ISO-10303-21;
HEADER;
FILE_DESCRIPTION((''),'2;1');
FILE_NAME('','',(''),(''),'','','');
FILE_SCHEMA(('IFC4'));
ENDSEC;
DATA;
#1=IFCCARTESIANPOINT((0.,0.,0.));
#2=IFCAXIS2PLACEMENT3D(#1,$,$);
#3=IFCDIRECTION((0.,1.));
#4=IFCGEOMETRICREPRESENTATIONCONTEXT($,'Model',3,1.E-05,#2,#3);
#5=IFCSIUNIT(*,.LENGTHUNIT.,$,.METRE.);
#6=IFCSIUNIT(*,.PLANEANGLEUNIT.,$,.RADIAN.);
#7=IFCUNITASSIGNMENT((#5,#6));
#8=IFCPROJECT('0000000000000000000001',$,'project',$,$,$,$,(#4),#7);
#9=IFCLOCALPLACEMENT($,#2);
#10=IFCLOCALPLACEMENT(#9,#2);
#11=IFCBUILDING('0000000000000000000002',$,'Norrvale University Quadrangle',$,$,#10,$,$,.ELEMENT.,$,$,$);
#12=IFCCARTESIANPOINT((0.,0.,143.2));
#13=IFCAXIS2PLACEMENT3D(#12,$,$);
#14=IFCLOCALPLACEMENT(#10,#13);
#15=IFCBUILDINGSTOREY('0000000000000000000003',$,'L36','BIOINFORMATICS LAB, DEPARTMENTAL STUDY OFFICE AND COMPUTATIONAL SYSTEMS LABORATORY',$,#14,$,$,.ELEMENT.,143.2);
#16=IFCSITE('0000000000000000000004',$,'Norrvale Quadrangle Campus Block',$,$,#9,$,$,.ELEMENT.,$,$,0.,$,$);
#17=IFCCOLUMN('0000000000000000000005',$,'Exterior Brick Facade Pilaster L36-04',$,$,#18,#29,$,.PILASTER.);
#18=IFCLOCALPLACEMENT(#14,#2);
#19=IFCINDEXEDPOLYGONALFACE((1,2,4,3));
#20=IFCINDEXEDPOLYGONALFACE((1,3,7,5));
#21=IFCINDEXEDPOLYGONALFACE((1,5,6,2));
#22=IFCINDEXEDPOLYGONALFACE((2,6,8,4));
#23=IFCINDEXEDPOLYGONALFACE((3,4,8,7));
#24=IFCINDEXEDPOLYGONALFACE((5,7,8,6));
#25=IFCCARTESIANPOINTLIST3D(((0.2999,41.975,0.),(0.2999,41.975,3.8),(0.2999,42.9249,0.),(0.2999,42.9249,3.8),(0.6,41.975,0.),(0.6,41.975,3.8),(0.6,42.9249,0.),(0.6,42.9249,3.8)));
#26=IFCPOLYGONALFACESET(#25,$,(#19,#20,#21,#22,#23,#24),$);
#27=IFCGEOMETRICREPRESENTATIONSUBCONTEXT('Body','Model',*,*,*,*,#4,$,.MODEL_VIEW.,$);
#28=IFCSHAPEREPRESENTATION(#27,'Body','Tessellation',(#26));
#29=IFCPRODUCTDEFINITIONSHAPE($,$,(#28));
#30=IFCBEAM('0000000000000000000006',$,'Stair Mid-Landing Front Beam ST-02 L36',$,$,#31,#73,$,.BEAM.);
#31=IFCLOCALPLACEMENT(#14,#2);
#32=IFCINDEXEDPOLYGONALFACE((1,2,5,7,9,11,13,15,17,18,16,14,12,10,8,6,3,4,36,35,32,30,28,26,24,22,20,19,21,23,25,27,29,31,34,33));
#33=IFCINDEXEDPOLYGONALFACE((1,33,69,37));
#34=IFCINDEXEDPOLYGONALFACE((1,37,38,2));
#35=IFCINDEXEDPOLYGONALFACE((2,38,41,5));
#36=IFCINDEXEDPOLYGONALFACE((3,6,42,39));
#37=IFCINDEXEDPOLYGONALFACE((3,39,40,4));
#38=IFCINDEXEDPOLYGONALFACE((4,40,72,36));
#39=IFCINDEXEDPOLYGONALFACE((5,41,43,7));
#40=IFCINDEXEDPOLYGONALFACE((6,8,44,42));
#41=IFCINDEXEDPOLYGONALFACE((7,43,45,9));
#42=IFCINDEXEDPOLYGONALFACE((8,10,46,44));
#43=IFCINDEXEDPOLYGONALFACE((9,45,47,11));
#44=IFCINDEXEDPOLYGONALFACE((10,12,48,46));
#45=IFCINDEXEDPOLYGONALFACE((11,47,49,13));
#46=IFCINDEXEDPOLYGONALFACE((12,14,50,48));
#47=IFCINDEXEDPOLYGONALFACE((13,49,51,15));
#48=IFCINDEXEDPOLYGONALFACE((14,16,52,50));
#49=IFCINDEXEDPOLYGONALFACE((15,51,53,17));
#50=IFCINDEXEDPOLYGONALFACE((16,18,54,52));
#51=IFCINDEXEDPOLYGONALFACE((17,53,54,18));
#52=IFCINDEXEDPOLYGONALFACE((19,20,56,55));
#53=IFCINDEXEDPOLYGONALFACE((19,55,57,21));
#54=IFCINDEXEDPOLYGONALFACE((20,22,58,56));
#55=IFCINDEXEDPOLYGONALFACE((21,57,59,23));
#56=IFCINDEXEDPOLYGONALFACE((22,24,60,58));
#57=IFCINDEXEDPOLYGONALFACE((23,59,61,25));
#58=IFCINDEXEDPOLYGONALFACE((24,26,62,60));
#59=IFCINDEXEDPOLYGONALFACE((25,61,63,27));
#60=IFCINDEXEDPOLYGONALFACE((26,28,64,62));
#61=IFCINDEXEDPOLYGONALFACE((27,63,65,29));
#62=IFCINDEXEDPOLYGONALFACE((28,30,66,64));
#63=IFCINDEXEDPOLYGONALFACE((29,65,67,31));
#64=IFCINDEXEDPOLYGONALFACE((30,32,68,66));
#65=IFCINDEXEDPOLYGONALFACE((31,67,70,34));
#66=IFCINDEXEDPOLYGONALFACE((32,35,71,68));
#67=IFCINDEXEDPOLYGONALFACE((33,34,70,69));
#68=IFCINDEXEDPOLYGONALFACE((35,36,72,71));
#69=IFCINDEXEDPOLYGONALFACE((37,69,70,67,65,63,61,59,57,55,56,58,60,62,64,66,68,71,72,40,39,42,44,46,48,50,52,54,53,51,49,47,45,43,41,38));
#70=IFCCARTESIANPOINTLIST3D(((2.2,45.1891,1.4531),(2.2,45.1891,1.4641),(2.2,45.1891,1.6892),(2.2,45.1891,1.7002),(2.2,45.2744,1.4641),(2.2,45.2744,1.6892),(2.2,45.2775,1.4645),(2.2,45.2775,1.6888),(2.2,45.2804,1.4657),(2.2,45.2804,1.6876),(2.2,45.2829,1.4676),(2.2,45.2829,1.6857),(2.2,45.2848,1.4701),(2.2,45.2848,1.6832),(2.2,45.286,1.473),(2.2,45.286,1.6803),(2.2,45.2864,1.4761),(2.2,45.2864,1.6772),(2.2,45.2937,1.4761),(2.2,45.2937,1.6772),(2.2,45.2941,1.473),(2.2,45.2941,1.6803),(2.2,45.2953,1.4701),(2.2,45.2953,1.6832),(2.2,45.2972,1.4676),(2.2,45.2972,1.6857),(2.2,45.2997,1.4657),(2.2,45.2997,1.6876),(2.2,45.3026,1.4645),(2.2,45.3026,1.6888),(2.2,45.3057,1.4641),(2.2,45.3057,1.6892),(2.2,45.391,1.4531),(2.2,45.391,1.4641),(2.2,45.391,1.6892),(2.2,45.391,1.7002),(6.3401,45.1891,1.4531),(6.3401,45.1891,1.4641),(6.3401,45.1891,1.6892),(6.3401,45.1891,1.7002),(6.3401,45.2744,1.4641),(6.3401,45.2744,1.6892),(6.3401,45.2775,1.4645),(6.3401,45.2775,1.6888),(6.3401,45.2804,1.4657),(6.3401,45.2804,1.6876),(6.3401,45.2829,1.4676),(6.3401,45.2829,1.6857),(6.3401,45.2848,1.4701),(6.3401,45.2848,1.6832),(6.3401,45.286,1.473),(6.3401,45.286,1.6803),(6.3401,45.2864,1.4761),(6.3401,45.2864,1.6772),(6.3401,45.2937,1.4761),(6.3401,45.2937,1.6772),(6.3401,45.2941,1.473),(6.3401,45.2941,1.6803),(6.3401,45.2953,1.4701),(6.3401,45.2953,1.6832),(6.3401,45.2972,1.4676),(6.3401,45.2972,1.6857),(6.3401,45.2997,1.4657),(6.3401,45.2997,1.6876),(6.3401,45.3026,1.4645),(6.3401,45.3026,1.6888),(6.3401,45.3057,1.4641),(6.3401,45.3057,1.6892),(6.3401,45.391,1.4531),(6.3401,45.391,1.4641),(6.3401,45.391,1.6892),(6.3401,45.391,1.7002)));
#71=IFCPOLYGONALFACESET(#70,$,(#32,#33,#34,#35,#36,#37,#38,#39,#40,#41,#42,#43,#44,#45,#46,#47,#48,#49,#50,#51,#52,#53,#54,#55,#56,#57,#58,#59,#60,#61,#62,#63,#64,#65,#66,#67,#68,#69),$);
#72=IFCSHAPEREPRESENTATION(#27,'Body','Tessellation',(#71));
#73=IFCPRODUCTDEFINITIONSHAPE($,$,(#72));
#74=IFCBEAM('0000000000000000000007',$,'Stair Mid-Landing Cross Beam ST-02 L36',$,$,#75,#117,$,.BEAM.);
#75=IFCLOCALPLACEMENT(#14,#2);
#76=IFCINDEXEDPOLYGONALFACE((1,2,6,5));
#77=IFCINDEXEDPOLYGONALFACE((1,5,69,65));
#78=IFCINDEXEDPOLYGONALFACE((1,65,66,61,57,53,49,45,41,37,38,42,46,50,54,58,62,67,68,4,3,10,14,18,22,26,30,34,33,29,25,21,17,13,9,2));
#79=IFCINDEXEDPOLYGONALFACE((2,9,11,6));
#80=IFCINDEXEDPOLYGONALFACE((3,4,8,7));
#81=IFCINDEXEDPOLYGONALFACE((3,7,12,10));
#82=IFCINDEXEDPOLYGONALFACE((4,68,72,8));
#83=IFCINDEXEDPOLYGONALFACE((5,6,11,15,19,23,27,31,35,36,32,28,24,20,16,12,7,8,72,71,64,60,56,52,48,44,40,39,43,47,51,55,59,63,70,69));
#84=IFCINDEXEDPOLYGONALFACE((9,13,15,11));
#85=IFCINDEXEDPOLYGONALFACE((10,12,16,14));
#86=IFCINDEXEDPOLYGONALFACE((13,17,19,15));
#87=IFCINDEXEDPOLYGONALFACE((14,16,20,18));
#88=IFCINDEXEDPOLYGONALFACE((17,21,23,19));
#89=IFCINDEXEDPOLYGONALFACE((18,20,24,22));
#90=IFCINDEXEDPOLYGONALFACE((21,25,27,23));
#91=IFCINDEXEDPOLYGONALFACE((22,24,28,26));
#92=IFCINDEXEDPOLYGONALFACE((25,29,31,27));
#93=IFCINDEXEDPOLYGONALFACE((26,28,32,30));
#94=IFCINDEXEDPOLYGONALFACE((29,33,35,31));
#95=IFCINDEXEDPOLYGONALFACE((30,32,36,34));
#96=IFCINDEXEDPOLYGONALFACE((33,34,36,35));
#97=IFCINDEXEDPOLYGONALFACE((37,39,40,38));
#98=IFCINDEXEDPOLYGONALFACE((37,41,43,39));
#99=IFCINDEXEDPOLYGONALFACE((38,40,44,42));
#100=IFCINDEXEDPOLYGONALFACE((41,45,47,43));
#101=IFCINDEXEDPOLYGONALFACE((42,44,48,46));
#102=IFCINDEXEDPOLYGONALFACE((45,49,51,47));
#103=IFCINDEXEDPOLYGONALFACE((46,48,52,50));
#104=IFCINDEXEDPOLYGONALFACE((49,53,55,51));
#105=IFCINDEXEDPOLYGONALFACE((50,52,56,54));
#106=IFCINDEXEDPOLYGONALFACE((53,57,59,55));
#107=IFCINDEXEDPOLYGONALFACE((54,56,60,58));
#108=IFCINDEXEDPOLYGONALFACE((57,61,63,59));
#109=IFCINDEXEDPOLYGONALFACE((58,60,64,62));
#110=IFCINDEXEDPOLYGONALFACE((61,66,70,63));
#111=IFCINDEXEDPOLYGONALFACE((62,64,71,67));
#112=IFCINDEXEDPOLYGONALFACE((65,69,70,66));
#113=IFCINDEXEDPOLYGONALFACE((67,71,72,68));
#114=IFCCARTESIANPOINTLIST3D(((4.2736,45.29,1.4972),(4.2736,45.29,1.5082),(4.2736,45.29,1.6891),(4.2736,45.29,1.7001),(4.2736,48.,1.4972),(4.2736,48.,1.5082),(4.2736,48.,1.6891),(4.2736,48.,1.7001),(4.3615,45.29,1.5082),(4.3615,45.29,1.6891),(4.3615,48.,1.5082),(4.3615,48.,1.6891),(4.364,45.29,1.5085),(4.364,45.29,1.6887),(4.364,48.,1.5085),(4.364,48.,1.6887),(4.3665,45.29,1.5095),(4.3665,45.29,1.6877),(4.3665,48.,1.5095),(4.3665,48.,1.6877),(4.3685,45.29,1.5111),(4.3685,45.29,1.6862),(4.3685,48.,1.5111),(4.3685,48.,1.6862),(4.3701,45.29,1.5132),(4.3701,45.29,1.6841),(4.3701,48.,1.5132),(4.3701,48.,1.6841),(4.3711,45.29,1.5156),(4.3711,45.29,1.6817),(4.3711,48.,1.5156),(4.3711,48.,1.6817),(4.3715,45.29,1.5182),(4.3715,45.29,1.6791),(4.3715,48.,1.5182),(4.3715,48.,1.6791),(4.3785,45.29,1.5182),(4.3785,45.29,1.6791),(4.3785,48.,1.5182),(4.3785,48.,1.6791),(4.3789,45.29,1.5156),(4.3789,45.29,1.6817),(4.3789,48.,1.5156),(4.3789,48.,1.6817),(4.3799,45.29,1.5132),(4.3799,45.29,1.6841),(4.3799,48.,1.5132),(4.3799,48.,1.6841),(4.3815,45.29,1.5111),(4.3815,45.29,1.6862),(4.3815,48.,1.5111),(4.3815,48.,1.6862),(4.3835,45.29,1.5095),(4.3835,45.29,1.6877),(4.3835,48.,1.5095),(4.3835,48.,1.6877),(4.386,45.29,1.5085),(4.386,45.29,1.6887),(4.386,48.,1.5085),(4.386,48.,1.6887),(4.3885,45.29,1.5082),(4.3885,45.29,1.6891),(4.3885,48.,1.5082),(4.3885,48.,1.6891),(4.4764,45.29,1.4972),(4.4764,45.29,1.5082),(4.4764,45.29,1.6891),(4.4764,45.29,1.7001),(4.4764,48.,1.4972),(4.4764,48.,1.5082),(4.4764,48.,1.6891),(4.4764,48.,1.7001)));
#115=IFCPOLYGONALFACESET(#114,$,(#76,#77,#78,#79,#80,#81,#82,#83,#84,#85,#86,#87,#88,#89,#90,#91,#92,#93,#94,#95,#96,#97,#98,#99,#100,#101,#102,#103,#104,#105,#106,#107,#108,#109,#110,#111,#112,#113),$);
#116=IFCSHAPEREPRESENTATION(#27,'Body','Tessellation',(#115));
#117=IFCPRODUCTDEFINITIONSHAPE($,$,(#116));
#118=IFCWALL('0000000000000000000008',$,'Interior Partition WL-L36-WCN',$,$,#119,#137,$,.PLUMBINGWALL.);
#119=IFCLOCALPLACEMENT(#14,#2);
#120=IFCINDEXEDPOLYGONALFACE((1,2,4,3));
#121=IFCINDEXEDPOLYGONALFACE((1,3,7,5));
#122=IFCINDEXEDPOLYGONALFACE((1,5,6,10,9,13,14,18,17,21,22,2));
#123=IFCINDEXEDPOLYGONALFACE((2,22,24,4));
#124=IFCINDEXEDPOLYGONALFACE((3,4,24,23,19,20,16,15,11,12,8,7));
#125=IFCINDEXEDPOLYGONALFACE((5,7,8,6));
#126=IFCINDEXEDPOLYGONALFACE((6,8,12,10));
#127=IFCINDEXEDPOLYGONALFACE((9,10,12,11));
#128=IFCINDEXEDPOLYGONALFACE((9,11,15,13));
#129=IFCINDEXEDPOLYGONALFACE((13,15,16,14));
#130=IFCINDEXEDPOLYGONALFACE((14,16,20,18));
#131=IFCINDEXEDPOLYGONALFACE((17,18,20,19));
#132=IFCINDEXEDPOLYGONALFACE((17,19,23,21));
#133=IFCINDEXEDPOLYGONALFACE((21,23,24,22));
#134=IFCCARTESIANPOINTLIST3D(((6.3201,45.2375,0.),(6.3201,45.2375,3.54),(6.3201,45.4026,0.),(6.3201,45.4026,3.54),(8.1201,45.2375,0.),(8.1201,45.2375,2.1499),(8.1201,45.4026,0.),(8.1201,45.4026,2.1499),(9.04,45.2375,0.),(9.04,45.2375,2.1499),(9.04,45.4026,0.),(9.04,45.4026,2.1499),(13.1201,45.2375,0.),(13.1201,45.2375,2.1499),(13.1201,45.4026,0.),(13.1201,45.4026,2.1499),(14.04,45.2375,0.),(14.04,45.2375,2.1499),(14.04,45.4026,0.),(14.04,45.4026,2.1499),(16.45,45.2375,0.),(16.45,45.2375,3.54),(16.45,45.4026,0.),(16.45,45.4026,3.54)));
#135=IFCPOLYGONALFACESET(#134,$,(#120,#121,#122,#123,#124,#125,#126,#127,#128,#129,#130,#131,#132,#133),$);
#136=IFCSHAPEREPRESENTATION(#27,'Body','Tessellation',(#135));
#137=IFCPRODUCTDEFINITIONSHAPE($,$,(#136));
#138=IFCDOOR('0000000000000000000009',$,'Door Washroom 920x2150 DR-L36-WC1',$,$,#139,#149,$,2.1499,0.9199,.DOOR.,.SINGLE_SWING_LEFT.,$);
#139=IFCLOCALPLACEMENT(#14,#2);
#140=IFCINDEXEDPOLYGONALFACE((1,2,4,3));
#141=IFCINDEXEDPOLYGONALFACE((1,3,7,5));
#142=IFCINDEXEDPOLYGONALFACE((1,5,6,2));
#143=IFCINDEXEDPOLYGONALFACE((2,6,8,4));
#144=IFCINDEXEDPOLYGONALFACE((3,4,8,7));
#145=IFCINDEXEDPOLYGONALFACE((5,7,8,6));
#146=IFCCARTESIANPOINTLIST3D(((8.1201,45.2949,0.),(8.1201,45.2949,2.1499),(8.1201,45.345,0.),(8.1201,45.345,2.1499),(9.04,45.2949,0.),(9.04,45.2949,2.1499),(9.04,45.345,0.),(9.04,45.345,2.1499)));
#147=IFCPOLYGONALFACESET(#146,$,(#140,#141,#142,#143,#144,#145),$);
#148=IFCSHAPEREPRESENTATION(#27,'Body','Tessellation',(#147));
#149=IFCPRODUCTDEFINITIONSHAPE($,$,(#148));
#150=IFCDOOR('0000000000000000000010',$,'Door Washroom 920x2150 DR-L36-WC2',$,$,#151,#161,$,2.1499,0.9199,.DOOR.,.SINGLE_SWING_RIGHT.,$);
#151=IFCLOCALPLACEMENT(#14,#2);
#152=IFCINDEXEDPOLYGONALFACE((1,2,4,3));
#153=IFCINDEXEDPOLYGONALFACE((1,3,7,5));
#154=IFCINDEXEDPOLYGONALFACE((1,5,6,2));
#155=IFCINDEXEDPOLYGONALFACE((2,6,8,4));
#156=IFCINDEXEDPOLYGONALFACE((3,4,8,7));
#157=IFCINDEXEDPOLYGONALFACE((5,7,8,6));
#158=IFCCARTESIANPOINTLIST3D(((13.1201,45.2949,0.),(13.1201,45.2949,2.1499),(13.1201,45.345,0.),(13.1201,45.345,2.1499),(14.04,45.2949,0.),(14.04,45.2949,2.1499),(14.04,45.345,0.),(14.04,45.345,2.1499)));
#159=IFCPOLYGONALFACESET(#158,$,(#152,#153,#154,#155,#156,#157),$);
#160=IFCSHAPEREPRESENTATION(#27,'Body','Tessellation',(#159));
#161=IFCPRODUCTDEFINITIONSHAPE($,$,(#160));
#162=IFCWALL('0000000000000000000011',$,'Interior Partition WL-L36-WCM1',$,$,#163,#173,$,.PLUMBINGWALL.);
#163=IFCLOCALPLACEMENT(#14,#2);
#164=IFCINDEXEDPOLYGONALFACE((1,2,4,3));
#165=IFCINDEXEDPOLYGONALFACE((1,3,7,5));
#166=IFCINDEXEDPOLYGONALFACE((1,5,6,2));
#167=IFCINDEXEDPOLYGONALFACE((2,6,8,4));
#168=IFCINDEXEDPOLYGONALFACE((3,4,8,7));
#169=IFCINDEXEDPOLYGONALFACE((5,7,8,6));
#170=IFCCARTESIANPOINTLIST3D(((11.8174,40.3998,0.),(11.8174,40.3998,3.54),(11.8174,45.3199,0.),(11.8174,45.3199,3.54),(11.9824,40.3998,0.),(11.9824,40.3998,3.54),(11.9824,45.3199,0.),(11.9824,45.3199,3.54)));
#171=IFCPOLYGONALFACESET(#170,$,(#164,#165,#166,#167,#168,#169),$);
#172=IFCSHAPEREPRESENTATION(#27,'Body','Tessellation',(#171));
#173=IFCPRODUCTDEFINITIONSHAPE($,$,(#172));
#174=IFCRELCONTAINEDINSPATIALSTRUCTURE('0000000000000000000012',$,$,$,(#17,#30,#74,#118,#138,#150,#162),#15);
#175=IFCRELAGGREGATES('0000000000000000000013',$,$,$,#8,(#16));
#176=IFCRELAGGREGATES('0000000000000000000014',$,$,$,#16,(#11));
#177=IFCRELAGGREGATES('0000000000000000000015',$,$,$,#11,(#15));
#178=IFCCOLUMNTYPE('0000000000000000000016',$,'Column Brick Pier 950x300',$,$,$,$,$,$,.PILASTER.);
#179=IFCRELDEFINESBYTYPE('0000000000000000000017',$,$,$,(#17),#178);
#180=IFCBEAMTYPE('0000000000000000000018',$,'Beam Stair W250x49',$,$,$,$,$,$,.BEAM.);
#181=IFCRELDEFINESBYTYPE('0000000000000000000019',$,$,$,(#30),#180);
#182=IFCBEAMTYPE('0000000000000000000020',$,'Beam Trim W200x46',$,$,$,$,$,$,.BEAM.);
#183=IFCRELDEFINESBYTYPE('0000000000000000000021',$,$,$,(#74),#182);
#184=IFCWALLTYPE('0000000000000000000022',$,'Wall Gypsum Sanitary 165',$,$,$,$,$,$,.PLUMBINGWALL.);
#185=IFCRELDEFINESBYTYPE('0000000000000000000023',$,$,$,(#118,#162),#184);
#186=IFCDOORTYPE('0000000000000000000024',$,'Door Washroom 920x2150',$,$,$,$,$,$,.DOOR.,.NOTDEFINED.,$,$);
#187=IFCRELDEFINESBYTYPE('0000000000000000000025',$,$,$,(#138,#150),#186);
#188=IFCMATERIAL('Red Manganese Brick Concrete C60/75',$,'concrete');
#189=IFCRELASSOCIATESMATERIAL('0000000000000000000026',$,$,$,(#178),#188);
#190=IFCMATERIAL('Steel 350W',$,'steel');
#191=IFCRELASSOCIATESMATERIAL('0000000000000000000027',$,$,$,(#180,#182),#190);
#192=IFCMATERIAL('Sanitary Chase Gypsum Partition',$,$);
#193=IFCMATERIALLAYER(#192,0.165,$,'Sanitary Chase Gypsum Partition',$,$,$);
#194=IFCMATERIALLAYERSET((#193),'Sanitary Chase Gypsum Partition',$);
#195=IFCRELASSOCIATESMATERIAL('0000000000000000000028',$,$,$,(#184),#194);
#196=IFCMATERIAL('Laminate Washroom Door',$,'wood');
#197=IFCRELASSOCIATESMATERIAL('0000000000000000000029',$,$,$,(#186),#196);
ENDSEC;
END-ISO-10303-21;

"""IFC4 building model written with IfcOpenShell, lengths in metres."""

from ifc_helpers import new_model, si_unit, direction, frame, frame_2d, origin, origin_2d, place, context, subcontext, project, spatial, rectangle, i_section, extrude, material, layer, layer_set, material_profile, profile_set, type_object, element, fill, save


model = new_model("IFC4")

# Units and contexts
model_context = context("Model", 3, precision=1e-05, world=origin(), true_north=direction((0.0, 1.0)))
body_context = subcontext(model_context, "Body", "Model", "MODEL_VIEW")
ifc_project = project(units=[si_unit("LENGTHUNIT", "METRE"), si_unit("PLANEANGLEUNIT", "RADIAN")], contexts=[model_context])

# Site, building, storey
site_placement = place(None, origin())
site = spatial("IfcSite", under=ifc_project, at=site_placement, Name="Norrvale Quadrangle Campus Block", CompositionType="ELEMENT", RefElevation=0.0)
building_placement = place(site_placement, origin())
building = spatial("IfcBuilding", under=site, at=building_placement, Name="Norrvale University Quadrangle", CompositionType="ELEMENT")
storey_placement = place(building_placement, frame((0.0, 0.0, 143.2)))
storey = spatial("IfcBuildingStorey", under=building, at=storey_placement, Name="L36", Description="BIOINFORMATICS LAB, DEPARTMENTAL STUDY OFFICE AND COMPUTATIONAL SYSTEMS LABORATORY", CompositionType="ELEMENT", Elevation=143.2)

# Column
ifc_material_1 = material(Name="Red Manganese Brick Concrete C60/75", Category="concrete")
ifc_material_profile_1 = material_profile(ifc_material_1, rectangle(XDim=0.95, YDim=0.3, at=origin_2d()), Name="Red Manganese Brick Concrete C60/75")
ifc_profile_set_1 = profile_set([ifc_material_profile_1], Name="Red Manganese Brick Concrete C60/75")
column_type = type_object("IfcColumnType", Name="Column Brick Pier 950x300", PredefinedType="PILASTER", material=ifc_profile_set_1)
column_placement = place(storey_placement, frame((0.45, 42.45, 0.0), z_axis=(0.0, 0.0, 1.0), x_axis=(0.0, 1.0, 0.0)))
element("IfcColumn", 1, at=column_placement, inside=storey, type_object=column_type, Name="Exterior Brick Facade Pilaster L36-04", PredefinedType="PILASTER", context=body_context, shape_type="SweptSolid", body=[
    extrude(rectangle(XDim=0.95, YDim=0.3, at=origin_2d()), origin(), (0.0, 0.0, 1.0), 3.8),
])

# Beams
ifc_material_2 = material(Name="Steel 350W", Category="steel")
ifc_material_profile_2 = material_profile(ifc_material_2, i_section(OverallWidth=0.2019, OverallDepth=0.2471, WebThickness=0.0073, FlangeThickness=0.011, FilletRadius=0.012, at=origin_2d()), Name="Steel 350W")
ifc_profile_set_2 = profile_set([ifc_material_profile_2], Name="Steel 350W")
beam_type_1 = type_object("IfcBeamType", Name="Beam Stair W250x49", PredefinedType="BEAM", material=ifc_profile_set_2)
beam_1_placement = place(storey_placement, frame((2.2, 45.29, 1.5767), z_axis=(1.0, 0.0, 0.0), x_axis=(0.0, 1.0, 0.0)))
element("IfcBeam", 2, at=beam_1_placement, inside=storey, type_object=beam_type_1, Name="Stair Mid-Landing Front Beam ST-02 L36", PredefinedType="BEAM", context=body_context, shape_type="SweptSolid", body=[
    extrude(i_section(OverallWidth=0.2019, OverallDepth=0.2471, WebThickness=0.0073, FlangeThickness=0.011, FilletRadius=0.012, at=origin_2d()), origin(), (0.0, 0.0, 1.0), 4.1401),
])
ifc_material_profile_3 = material_profile(ifc_material_2, i_section(OverallWidth=0.2029, OverallDepth=0.2029, WebThickness=0.0071, FlangeThickness=0.011, FilletRadius=0.01, at=origin_2d()), Name="Steel 350W")
ifc_profile_set_3 = profile_set([ifc_material_profile_3], Name="Steel 350W")
beam_type_2 = type_object("IfcBeamType", Name="Beam Trim W200x46", PredefinedType="BEAM", material=ifc_profile_set_3)
beam_2_placement = place(storey_placement, frame((4.375, 45.29, 1.5986), z_axis=(0.0, 1.0, 0.0), x_axis=(-1.0, 0.0, 0.0)))
element("IfcBeam", 3, at=beam_2_placement, inside=storey, type_object=beam_type_2, Name="Stair Mid-Landing Cross Beam ST-02 L36", PredefinedType="BEAM", context=body_context, shape_type="SweptSolid", body=[
    extrude(i_section(OverallWidth=0.2029, OverallDepth=0.2029, WebThickness=0.0071, FlangeThickness=0.011, FilletRadius=0.01, at=origin_2d()), origin(), (0.0, 0.0, 1.0), 2.71),
])

# Wall, openings, doors
ifc_material_3 = material(Name="Sanitary Chase Gypsum Partition")
ifc_layer_1 = layer(ifc_material_3, 0.165, Name="Sanitary Chase Gypsum Partition")
ifc_layer_set_1 = layer_set([ifc_layer_1], Name="Sanitary Chase Gypsum Partition")
wall_type_1 = type_object("IfcWallType", Name="Wall Gypsum Sanitary 165", PredefinedType="PLUMBINGWALL", material=ifc_layer_set_1)
wall_1_placement = place(storey_placement, frame((6.3201, 45.3201, 0.0), z_axis=(0.0, 0.0, 1.0), x_axis=(1.0, 0.0, 0.0)))
wall_1 = element("IfcWall", 4, at=wall_1_placement, inside=storey, type_object=wall_type_1, Name="Interior Partition WL-L36-WCN", PredefinedType="PLUMBINGWALL", context=body_context, shape_type="SweptSolid", body=[
    extrude(rectangle(XDim=10.1299, YDim=0.165, at=frame_2d((5.0649, 0.0))), origin(), (0.0, 0.0, 1.0), 3.54),
])
opening_1_placement = place(wall_1_placement, frame((1.8, 0.0, 0.0)))
opening_1 = element("IfcOpeningElement", 5, at=opening_1_placement, cuts=wall_1, PredefinedType="OPENING", context=body_context, shape_type="SweptSolid", body=[
    extrude(rectangle(XDim=0.9199, YDim=2.1499, at=frame_2d((0.46, 1.075))), frame((0.0, 0.0945, 0.0), z_axis=(0.0, -1.0, 0.0), x_axis=(1.0, 0.0, 0.0)), (0.0, 0.0, 1.0), 0.189),
])
opening_2_placement = place(wall_1_placement, frame((6.8, 0.0, 0.0)))
opening_2 = element("IfcOpeningElement", 6, at=opening_2_placement, cuts=wall_1, PredefinedType="OPENING", context=body_context, shape_type="SweptSolid", body=[
    extrude(rectangle(XDim=0.9199, YDim=2.1499, at=frame_2d((0.46, 1.075))), frame((0.0, 0.0945, 0.0), z_axis=(0.0, -1.0, 0.0), x_axis=(1.0, 0.0, 0.0)), (0.0, 0.0, 1.0), 0.189),
])
ifc_material_4 = material(Name="Laminate Washroom Door", Category="wood")
door_type_1 = type_object("IfcDoorType", Name="Door Washroom 920x2150", OperationType="NOTDEFINED", PredefinedType="DOOR", material=ifc_material_4)
door_1_placement = place(opening_1_placement, origin())
door_1 = element("IfcDoor", 7, at=door_1_placement, inside=storey, type_object=door_type_1, Name="Door Washroom 920x2150 DR-L36-WC1", OperationType="SINGLE_SWING_LEFT", OverallHeight=2.1499, OverallWidth=0.9199, PredefinedType="DOOR", context=body_context, shape_type="SweptSolid", body=[
    extrude(rectangle(XDim=0.9199, YDim=2.1499, at=frame_2d((0.46, 1.075))), frame((0.0, 0.0249, 0.0), z_axis=(0.0, -1.0, 0.0), x_axis=(1.0, 0.0, 0.0)), (0.0, 0.0, 1.0), 0.05),
])
fill(opening_1, door_1)
door_2_placement = place(opening_2_placement, origin())
door_2 = element("IfcDoor", 8, at=door_2_placement, inside=storey, type_object=door_type_1, Name="Door Washroom 920x2150 DR-L36-WC2", OperationType="SINGLE_SWING_RIGHT", OverallHeight=2.1499, OverallWidth=0.9199, PredefinedType="DOOR", context=body_context, shape_type="SweptSolid", body=[
    extrude(rectangle(XDim=0.9199, YDim=2.1499, at=frame_2d((0.46, 1.075))), frame((0.0, 0.0249, 0.0), z_axis=(0.0, -1.0, 0.0), x_axis=(1.0, 0.0, 0.0)), (0.0, 0.0, 1.0), 0.05),
])
fill(opening_2, door_2)

# Wall
wall_2_placement = place(storey_placement, frame((11.8999, 40.3999, 0.0), z_axis=(0.0, 0.0, 1.0), x_axis=(0.0, 1.0, 0.0)))
element("IfcWall", 9, at=wall_2_placement, inside=storey, type_object=wall_type_1, Name="Interior Partition WL-L36-WCM1", PredefinedType="PLUMBINGWALL", context=body_context, shape_type="SweptSolid", body=[
    extrude(rectangle(XDim=4.9202, YDim=0.165, at=frame_2d((2.46, 0.0))), origin(), (0.0, 0.0, 1.0), 3.54),
])

save(model, "model.ifc")
